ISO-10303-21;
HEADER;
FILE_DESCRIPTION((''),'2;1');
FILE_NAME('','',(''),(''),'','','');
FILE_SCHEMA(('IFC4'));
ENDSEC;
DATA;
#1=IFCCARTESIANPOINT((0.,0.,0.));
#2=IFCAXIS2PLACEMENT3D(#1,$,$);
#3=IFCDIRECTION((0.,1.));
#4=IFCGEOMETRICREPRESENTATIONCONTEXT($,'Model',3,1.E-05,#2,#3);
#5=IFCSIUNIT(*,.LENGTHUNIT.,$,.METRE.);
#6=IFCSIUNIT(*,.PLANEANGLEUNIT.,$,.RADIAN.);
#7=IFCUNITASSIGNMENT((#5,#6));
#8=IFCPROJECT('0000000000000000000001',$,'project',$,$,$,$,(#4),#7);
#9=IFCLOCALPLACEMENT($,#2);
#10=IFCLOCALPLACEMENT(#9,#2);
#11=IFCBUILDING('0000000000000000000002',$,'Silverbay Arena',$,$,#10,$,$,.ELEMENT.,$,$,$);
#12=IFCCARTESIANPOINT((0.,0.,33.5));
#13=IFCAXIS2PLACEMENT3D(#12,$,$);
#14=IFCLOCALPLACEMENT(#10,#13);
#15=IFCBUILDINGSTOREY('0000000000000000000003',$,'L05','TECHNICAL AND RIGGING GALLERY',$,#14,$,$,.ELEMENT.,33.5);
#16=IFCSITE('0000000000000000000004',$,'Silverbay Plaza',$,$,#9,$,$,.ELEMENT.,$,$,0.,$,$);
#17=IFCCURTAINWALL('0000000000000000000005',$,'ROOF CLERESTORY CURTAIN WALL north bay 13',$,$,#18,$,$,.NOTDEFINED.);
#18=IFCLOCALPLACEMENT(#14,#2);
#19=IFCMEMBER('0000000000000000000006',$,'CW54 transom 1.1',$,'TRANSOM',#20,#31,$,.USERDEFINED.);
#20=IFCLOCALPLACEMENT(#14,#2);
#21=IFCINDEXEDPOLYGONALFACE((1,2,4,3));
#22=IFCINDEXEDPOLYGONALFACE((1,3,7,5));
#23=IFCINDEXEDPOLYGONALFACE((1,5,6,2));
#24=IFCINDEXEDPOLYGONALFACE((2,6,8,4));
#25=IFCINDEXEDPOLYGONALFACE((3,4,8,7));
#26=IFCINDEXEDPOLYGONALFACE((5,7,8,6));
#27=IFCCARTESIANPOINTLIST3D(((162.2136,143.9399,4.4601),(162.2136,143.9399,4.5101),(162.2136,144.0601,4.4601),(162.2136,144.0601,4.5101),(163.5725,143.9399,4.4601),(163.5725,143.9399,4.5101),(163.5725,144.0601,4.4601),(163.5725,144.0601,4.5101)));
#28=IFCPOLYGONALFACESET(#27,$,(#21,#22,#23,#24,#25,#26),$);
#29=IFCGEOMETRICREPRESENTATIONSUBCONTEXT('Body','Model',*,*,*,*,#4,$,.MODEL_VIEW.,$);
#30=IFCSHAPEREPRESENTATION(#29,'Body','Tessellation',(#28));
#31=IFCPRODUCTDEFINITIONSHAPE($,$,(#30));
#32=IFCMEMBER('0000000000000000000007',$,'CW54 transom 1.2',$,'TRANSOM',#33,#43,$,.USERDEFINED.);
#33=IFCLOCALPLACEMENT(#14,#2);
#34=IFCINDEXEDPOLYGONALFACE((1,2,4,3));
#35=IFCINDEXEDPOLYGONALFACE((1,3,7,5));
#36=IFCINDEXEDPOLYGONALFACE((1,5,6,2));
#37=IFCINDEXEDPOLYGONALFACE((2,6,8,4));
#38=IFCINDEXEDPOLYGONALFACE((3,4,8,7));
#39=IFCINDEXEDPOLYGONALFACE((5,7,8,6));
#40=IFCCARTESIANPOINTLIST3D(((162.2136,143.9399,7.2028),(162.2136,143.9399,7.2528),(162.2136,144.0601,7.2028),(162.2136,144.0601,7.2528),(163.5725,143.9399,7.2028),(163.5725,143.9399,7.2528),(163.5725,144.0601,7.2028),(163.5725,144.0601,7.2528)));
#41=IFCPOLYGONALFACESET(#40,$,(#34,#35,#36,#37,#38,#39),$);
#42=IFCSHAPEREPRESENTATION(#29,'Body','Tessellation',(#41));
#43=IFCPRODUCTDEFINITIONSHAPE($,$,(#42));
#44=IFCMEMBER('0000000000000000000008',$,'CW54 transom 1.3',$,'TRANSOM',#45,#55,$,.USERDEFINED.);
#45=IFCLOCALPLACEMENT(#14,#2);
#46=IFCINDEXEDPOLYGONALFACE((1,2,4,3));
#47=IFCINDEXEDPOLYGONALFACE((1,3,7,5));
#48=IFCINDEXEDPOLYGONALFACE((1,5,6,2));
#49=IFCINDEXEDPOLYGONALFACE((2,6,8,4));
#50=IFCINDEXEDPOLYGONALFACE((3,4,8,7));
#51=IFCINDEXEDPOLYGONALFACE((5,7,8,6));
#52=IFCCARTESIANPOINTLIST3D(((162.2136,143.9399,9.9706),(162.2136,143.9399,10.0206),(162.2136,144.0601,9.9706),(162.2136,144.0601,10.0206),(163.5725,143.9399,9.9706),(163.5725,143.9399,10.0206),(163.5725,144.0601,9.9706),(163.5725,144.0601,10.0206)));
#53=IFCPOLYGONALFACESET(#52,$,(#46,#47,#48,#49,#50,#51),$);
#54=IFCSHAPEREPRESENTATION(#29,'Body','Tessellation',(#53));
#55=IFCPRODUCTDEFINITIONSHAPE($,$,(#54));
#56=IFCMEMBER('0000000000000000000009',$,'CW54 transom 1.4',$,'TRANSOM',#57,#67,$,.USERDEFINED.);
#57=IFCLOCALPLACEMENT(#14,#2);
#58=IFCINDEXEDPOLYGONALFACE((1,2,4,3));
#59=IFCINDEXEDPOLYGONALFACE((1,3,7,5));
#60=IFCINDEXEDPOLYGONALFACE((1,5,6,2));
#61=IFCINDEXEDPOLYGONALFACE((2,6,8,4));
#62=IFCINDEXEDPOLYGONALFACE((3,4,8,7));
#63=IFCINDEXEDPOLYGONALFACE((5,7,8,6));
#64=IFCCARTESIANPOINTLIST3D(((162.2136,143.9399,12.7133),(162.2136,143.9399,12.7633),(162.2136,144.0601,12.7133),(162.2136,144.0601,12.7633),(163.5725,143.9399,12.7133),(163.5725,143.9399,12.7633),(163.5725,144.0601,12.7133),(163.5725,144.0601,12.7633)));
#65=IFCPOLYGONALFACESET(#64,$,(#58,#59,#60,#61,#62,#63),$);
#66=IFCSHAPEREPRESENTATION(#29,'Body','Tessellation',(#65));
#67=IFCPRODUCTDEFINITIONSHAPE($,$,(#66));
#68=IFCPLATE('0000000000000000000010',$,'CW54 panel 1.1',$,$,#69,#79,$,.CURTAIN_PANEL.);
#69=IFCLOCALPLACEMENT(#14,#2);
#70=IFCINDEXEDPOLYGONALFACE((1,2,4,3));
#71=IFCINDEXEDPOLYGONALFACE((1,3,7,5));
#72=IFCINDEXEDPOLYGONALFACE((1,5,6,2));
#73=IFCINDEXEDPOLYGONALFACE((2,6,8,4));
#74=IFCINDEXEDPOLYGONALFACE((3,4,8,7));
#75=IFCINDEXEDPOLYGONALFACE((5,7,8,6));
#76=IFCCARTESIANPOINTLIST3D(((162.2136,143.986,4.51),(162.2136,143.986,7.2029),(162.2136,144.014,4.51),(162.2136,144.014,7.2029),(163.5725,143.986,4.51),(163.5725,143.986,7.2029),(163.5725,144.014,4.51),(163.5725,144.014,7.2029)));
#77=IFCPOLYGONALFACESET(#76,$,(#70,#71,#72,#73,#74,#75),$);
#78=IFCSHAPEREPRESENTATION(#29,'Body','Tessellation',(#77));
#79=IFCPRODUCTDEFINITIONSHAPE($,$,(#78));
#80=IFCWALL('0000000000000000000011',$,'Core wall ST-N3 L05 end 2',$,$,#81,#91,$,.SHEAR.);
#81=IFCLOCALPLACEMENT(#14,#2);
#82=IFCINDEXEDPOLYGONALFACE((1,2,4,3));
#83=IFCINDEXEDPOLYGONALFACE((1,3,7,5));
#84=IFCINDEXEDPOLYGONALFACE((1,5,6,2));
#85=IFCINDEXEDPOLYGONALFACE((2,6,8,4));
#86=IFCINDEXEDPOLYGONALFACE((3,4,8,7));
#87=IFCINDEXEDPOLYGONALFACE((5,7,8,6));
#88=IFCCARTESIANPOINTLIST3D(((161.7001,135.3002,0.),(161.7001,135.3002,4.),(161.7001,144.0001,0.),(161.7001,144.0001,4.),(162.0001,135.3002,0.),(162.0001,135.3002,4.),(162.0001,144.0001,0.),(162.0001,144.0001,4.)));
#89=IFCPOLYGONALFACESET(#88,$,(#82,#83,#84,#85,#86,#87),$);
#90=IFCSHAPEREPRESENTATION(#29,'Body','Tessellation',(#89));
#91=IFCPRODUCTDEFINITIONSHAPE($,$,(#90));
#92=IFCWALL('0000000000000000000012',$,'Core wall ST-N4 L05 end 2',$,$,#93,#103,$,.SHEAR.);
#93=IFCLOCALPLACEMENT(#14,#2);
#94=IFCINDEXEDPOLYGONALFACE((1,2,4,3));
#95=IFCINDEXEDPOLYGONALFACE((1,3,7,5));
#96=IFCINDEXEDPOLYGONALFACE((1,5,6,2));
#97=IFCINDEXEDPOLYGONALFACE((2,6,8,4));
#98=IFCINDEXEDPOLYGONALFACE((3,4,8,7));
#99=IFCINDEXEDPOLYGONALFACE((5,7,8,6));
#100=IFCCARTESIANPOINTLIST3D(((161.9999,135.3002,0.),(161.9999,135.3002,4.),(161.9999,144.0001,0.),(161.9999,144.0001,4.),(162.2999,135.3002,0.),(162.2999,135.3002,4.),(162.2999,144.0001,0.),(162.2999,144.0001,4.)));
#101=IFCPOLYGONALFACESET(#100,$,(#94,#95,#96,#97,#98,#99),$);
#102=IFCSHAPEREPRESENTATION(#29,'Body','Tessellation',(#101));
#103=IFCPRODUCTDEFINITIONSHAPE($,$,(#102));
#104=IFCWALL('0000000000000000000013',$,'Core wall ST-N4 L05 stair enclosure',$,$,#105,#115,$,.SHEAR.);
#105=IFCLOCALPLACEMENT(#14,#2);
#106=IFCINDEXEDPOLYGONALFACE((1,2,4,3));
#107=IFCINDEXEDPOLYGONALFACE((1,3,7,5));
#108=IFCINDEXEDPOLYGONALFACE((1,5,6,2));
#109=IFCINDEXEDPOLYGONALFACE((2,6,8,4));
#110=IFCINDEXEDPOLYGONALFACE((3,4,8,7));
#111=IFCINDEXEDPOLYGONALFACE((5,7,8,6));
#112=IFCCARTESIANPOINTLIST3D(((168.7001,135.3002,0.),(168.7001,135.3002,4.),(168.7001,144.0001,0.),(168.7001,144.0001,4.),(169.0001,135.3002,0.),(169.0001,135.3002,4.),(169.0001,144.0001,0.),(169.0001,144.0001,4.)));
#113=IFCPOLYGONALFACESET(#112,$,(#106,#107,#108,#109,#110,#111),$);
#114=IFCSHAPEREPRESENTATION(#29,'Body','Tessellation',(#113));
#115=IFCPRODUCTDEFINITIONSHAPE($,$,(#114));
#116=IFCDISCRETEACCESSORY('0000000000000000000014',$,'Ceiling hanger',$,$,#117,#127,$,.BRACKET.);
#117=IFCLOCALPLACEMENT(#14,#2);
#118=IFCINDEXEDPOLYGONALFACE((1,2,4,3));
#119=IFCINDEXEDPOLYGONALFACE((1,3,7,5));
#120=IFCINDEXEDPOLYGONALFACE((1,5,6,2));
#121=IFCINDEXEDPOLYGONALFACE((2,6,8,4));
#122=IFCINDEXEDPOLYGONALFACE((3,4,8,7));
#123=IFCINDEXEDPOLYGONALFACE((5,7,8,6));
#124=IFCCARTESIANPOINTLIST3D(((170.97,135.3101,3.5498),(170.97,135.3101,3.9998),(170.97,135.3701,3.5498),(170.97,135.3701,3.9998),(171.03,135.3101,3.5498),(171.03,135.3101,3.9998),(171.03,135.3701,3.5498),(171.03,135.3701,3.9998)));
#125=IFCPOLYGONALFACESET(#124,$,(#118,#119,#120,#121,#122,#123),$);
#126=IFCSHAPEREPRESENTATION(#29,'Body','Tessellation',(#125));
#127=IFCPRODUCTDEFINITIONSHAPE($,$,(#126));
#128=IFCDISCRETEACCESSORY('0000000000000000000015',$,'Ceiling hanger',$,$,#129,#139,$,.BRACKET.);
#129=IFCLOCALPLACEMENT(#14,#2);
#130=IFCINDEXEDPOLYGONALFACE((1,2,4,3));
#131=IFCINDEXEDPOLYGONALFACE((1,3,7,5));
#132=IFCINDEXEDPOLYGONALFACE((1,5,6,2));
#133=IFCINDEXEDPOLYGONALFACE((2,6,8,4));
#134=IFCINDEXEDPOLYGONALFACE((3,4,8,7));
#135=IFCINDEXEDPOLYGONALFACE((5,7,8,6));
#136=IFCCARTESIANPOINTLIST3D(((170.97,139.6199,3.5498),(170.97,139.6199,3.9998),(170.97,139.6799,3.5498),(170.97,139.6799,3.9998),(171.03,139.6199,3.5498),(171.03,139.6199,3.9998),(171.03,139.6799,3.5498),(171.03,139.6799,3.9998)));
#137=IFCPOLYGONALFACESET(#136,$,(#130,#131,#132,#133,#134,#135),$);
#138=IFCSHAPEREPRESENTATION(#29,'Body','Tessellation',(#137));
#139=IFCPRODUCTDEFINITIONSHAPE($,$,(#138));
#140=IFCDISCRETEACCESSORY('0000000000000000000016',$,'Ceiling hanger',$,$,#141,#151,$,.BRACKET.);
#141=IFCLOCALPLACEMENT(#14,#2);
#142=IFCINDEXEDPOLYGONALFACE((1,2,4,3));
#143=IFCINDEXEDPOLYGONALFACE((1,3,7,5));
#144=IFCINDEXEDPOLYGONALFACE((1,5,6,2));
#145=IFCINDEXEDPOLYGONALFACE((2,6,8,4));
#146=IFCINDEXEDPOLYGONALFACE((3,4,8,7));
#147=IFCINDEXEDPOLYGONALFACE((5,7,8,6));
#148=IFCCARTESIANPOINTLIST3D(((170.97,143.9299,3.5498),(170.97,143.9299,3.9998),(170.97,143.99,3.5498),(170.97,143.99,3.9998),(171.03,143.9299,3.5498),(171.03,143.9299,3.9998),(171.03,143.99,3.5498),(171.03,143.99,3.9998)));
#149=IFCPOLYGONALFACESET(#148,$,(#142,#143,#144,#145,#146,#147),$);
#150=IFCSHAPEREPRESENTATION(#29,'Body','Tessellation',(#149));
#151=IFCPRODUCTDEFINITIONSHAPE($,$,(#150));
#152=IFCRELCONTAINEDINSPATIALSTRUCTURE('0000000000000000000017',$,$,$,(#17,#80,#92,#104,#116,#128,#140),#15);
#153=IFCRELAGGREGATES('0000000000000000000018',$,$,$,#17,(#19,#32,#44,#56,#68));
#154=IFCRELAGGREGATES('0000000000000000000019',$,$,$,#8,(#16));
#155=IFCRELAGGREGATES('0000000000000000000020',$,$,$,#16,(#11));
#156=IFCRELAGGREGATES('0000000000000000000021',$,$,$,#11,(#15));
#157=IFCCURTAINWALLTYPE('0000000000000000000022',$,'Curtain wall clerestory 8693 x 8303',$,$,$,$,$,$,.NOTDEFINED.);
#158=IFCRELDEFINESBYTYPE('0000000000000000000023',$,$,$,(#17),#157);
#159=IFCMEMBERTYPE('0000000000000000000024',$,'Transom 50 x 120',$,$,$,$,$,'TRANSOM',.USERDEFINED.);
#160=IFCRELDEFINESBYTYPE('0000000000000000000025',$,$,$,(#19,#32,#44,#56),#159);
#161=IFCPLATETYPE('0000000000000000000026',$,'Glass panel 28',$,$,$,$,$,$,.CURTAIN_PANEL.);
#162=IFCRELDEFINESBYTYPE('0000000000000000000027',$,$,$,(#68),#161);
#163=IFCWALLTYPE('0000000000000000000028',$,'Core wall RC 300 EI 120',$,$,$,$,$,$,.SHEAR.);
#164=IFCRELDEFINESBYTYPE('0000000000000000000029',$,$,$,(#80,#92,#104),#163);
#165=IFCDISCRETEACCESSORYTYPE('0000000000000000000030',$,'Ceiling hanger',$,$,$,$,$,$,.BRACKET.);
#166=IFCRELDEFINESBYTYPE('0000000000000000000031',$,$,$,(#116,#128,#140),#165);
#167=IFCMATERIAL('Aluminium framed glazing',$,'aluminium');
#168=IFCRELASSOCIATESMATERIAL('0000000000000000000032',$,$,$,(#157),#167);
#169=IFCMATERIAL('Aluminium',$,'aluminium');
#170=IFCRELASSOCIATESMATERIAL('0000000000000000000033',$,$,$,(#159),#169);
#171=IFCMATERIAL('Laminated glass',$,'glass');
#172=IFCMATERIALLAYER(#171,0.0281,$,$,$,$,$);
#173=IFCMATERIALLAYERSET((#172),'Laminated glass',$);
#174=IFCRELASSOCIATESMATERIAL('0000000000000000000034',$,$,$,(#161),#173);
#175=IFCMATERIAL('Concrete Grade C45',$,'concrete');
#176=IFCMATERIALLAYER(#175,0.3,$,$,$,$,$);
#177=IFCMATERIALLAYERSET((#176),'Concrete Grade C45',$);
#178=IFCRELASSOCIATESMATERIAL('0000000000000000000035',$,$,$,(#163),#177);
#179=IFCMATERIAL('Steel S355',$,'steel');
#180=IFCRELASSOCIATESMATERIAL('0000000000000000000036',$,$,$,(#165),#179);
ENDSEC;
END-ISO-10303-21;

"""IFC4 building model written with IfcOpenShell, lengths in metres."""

from ifc_helpers import new_model, si_unit, direction, frame, frame_2d, origin, origin_2d, place, context, subcontext, project, spatial, rectangle, extrude, material, layer, layer_set, material_profile, profile_set, type_object, element, aggregate, save


model = new_model("IFC4")

# Units and contexts
model_context = context("Model", 3, precision=1e-05, world=origin(), true_north=direction((0.0, 1.0)))
body_context = subcontext(model_context, "Body", "Model", "MODEL_VIEW")
ifc_project = project(units=[si_unit("LENGTHUNIT", "METRE"), si_unit("PLANEANGLEUNIT", "RADIAN")], contexts=[model_context])

# Site, building, storey
site_placement = place(None, origin())
site = spatial("IfcSite", under=ifc_project, at=site_placement, Name="Silverbay Plaza", CompositionType="ELEMENT", RefElevation=0.0)
building_placement = place(site_placement, origin())
building = spatial("IfcBuilding", under=site, at=building_placement, Name="Silverbay Arena", CompositionType="ELEMENT")
storey_placement = place(building_placement, frame((0.0, 0.0, 33.5)))
storey = spatial("IfcBuildingStorey", under=building, at=storey_placement, Name="L05", Description="TECHNICAL AND RIGGING GALLERY", CompositionType="ELEMENT", Elevation=33.5)

# Curtain wall
ifc_material_1 = material(Name="Aluminium framed glazing", Category="aluminium")
curtain_wall_type = type_object("IfcCurtainWallType", Name="Curtain wall clerestory 8693 x 8303", PredefinedType="NOTDEFINED", material=ifc_material_1)
curtain_wall_placement = place(storey_placement, origin())
curtain_wall = element("IfcCurtainWall", 1, at=curtain_wall_placement, inside=storey, type_object=curtain_wall_type, Name="ROOF CLERESTORY CURTAIN WALL north bay 13", PredefinedType="NOTDEFINED")

# Members
ifc_material_2 = material(Name="Aluminium", Category="aluminium")
ifc_material_profile_1 = material_profile(ifc_material_2, rectangle(XDim=0.1201, YDim=0.05, at=origin_2d()), Name="Transom 50 x 120")
ifc_profile_set_1 = profile_set([ifc_material_profile_1], Name="Aluminium")
member_type_1 = type_object("IfcMemberType", Name="Transom 50 x 120", ElementType="TRANSOM", PredefinedType="USERDEFINED", material=ifc_profile_set_1)
member_1_placement = place(storey_placement, frame((162.2136, 144.0, 4.4851), z_axis=(1.0, 0.0, 0.0), x_axis=(0.0, 1.0, 0.0)))
member_1 = element("IfcMember", 2, at=member_1_placement, type_object=member_type_1, Name="CW54 transom 1.1", ObjectType="TRANSOM", PredefinedType="USERDEFINED", context=body_context, shape_type="SweptSolid", body=[
    extrude(rectangle(XDim=0.1201, YDim=0.05, at=origin_2d()), origin(), (0.0, 0.0, 1.0), 1.3589),
])
member_2_placement = place(storey_placement, frame((162.2136, 144.0, 7.2278), z_axis=(1.0, 0.0, 0.0), x_axis=(0.0, 1.0, 0.0)))
member_2 = element("IfcMember", 3, at=member_2_placement, type_object=member_type_1, Name="CW54 transom 1.2", ObjectType="TRANSOM", PredefinedType="USERDEFINED", context=body_context, shape_type="SweptSolid", body=[
    extrude(rectangle(XDim=0.1201, YDim=0.05, at=origin_2d()), origin(), (0.0, 0.0, 1.0), 1.3589),
])
member_3_placement = place(storey_placement, frame((162.2136, 144.0, 9.9956), z_axis=(1.0, 0.0, 0.0), x_axis=(0.0, 1.0, 0.0)))
member_3 = element("IfcMember", 4, at=member_3_placement, type_object=member_type_1, Name="CW54 transom 1.3", ObjectType="TRANSOM", PredefinedType="USERDEFINED", context=body_context, shape_type="SweptSolid", body=[
    extrude(rectangle(XDim=0.1201, YDim=0.05, at=origin_2d()), origin(), (0.0, 0.0, 1.0), 1.3589),
])
member_4_placement = place(storey_placement, frame((162.2136, 144.0, 12.7383), z_axis=(1.0, 0.0, 0.0), x_axis=(0.0, 1.0, 0.0)))
member_4 = element("IfcMember", 5, at=member_4_placement, type_object=member_type_1, Name="CW54 transom 1.4", ObjectType="TRANSOM", PredefinedType="USERDEFINED", context=body_context, shape_type="SweptSolid", body=[
    extrude(rectangle(XDim=0.1201, YDim=0.05, at=origin_2d()), origin(), (0.0, 0.0, 1.0), 1.3589),
])

# Plate
ifc_material_3 = material(Name="Laminated glass", Category="glass")
ifc_layer_1 = layer(ifc_material_3, 0.0281)
ifc_layer_set_1 = layer_set([ifc_layer_1], Name="Laminated glass")
plate_type = type_object("IfcPlateType", Name="Glass panel 28", PredefinedType="CURTAIN_PANEL", material=ifc_layer_set_1)
plate_placement = place(storey_placement, frame((162.8931, 144.0, 4.51), z_axis=(0.0, 0.0, 1.0), x_axis=(1.0, 0.0, 0.0)))
plate = element("IfcPlate", 6, at=plate_placement, type_object=plate_type, Name="CW54 panel 1.1", PredefinedType="CURTAIN_PANEL", context=body_context, shape_type="SweptSolid", body=[
    extrude(rectangle(XDim=1.3589, YDim=0.0281, at=origin_2d()), origin(), (0.0, 0.0, 1.0), 2.6929),
])
aggregate(curtain_wall, [member_1, member_2, member_3, member_4, plate])

# Walls
ifc_material_4 = material(Name="Concrete Grade C45", Category="concrete")
ifc_layer_2 = layer(ifc_material_4, 0.3)
ifc_layer_set_2 = layer_set([ifc_layer_2], Name="Concrete Grade C45")
wall_type = type_object("IfcWallType", Name="Core wall RC 300 EI 120", PredefinedType="SHEAR", material=ifc_layer_set_2)
for number, where, z_axis, x_axis, name in (
    (7, (161.8501, 135.3, 0.0), (0.0, 0.0, 1.0), (0.0, 1.0, 0.0), "Core wall ST-N3 L05 end 2"),
    (8, (162.1499, 135.3, 0.0), (0.0, 0.0, 1.0), (0.0, 1.0, 0.0), "Core wall ST-N4 L05 end 2"),
    (9, (168.8501, 135.3, 0.0), (0.0, 0.0, 1.0), (0.0, 1.0, 0.0), "Core wall ST-N4 L05 stair enclosure"),
):
    element("IfcWall", number, at=place(storey_placement, frame(where, z_axis=z_axis, x_axis=x_axis)), inside=storey, type_object=wall_type, Name=name, PredefinedType="SHEAR", context=body_context, shape_type="SweptSolid", body=[
        extrude(rectangle(XDim=8.7, YDim=0.3, at=frame_2d((4.3501, 0.0))), origin(), (0.0, 0.0, 1.0), 4.0),
    ])

# Discrete accessories
ifc_material_5 = material(Name="Steel S355", Category="steel")
discrete_accessory_type = type_object("IfcDiscreteAccessoryType", Name="Ceiling hanger", PredefinedType="BRACKET", material=ifc_material_5)
for number, where, z_axis, x_axis, name in (
    (10, (171.0, 135.3401, 3.5498), (0.0, 0.0, 1.0), (1.0, 0.0, 0.0), "Ceiling hanger"),
    (11, (171.0, 139.6499, 3.5498), (0.0, 0.0, 1.0), (1.0, 0.0, 0.0), "Ceiling hanger"),
    (12, (171.0, 143.96, 3.5498), (0.0, 0.0, 1.0), (1.0, 0.0, 0.0), "Ceiling hanger"),
):
    element("IfcDiscreteAccessory", number, at=place(storey_placement, frame(where, z_axis=z_axis, x_axis=x_axis)), inside=storey, type_object=discrete_accessory_type, Name=name, PredefinedType="BRACKET", context=body_context, shape_type="SweptSolid", body=[
        extrude(rectangle(XDim=0.0601, YDim=0.0601, at=origin_2d()), origin(), (0.0, 0.0, 1.0), 0.45),
    ])

save(model, "model.ifc")
